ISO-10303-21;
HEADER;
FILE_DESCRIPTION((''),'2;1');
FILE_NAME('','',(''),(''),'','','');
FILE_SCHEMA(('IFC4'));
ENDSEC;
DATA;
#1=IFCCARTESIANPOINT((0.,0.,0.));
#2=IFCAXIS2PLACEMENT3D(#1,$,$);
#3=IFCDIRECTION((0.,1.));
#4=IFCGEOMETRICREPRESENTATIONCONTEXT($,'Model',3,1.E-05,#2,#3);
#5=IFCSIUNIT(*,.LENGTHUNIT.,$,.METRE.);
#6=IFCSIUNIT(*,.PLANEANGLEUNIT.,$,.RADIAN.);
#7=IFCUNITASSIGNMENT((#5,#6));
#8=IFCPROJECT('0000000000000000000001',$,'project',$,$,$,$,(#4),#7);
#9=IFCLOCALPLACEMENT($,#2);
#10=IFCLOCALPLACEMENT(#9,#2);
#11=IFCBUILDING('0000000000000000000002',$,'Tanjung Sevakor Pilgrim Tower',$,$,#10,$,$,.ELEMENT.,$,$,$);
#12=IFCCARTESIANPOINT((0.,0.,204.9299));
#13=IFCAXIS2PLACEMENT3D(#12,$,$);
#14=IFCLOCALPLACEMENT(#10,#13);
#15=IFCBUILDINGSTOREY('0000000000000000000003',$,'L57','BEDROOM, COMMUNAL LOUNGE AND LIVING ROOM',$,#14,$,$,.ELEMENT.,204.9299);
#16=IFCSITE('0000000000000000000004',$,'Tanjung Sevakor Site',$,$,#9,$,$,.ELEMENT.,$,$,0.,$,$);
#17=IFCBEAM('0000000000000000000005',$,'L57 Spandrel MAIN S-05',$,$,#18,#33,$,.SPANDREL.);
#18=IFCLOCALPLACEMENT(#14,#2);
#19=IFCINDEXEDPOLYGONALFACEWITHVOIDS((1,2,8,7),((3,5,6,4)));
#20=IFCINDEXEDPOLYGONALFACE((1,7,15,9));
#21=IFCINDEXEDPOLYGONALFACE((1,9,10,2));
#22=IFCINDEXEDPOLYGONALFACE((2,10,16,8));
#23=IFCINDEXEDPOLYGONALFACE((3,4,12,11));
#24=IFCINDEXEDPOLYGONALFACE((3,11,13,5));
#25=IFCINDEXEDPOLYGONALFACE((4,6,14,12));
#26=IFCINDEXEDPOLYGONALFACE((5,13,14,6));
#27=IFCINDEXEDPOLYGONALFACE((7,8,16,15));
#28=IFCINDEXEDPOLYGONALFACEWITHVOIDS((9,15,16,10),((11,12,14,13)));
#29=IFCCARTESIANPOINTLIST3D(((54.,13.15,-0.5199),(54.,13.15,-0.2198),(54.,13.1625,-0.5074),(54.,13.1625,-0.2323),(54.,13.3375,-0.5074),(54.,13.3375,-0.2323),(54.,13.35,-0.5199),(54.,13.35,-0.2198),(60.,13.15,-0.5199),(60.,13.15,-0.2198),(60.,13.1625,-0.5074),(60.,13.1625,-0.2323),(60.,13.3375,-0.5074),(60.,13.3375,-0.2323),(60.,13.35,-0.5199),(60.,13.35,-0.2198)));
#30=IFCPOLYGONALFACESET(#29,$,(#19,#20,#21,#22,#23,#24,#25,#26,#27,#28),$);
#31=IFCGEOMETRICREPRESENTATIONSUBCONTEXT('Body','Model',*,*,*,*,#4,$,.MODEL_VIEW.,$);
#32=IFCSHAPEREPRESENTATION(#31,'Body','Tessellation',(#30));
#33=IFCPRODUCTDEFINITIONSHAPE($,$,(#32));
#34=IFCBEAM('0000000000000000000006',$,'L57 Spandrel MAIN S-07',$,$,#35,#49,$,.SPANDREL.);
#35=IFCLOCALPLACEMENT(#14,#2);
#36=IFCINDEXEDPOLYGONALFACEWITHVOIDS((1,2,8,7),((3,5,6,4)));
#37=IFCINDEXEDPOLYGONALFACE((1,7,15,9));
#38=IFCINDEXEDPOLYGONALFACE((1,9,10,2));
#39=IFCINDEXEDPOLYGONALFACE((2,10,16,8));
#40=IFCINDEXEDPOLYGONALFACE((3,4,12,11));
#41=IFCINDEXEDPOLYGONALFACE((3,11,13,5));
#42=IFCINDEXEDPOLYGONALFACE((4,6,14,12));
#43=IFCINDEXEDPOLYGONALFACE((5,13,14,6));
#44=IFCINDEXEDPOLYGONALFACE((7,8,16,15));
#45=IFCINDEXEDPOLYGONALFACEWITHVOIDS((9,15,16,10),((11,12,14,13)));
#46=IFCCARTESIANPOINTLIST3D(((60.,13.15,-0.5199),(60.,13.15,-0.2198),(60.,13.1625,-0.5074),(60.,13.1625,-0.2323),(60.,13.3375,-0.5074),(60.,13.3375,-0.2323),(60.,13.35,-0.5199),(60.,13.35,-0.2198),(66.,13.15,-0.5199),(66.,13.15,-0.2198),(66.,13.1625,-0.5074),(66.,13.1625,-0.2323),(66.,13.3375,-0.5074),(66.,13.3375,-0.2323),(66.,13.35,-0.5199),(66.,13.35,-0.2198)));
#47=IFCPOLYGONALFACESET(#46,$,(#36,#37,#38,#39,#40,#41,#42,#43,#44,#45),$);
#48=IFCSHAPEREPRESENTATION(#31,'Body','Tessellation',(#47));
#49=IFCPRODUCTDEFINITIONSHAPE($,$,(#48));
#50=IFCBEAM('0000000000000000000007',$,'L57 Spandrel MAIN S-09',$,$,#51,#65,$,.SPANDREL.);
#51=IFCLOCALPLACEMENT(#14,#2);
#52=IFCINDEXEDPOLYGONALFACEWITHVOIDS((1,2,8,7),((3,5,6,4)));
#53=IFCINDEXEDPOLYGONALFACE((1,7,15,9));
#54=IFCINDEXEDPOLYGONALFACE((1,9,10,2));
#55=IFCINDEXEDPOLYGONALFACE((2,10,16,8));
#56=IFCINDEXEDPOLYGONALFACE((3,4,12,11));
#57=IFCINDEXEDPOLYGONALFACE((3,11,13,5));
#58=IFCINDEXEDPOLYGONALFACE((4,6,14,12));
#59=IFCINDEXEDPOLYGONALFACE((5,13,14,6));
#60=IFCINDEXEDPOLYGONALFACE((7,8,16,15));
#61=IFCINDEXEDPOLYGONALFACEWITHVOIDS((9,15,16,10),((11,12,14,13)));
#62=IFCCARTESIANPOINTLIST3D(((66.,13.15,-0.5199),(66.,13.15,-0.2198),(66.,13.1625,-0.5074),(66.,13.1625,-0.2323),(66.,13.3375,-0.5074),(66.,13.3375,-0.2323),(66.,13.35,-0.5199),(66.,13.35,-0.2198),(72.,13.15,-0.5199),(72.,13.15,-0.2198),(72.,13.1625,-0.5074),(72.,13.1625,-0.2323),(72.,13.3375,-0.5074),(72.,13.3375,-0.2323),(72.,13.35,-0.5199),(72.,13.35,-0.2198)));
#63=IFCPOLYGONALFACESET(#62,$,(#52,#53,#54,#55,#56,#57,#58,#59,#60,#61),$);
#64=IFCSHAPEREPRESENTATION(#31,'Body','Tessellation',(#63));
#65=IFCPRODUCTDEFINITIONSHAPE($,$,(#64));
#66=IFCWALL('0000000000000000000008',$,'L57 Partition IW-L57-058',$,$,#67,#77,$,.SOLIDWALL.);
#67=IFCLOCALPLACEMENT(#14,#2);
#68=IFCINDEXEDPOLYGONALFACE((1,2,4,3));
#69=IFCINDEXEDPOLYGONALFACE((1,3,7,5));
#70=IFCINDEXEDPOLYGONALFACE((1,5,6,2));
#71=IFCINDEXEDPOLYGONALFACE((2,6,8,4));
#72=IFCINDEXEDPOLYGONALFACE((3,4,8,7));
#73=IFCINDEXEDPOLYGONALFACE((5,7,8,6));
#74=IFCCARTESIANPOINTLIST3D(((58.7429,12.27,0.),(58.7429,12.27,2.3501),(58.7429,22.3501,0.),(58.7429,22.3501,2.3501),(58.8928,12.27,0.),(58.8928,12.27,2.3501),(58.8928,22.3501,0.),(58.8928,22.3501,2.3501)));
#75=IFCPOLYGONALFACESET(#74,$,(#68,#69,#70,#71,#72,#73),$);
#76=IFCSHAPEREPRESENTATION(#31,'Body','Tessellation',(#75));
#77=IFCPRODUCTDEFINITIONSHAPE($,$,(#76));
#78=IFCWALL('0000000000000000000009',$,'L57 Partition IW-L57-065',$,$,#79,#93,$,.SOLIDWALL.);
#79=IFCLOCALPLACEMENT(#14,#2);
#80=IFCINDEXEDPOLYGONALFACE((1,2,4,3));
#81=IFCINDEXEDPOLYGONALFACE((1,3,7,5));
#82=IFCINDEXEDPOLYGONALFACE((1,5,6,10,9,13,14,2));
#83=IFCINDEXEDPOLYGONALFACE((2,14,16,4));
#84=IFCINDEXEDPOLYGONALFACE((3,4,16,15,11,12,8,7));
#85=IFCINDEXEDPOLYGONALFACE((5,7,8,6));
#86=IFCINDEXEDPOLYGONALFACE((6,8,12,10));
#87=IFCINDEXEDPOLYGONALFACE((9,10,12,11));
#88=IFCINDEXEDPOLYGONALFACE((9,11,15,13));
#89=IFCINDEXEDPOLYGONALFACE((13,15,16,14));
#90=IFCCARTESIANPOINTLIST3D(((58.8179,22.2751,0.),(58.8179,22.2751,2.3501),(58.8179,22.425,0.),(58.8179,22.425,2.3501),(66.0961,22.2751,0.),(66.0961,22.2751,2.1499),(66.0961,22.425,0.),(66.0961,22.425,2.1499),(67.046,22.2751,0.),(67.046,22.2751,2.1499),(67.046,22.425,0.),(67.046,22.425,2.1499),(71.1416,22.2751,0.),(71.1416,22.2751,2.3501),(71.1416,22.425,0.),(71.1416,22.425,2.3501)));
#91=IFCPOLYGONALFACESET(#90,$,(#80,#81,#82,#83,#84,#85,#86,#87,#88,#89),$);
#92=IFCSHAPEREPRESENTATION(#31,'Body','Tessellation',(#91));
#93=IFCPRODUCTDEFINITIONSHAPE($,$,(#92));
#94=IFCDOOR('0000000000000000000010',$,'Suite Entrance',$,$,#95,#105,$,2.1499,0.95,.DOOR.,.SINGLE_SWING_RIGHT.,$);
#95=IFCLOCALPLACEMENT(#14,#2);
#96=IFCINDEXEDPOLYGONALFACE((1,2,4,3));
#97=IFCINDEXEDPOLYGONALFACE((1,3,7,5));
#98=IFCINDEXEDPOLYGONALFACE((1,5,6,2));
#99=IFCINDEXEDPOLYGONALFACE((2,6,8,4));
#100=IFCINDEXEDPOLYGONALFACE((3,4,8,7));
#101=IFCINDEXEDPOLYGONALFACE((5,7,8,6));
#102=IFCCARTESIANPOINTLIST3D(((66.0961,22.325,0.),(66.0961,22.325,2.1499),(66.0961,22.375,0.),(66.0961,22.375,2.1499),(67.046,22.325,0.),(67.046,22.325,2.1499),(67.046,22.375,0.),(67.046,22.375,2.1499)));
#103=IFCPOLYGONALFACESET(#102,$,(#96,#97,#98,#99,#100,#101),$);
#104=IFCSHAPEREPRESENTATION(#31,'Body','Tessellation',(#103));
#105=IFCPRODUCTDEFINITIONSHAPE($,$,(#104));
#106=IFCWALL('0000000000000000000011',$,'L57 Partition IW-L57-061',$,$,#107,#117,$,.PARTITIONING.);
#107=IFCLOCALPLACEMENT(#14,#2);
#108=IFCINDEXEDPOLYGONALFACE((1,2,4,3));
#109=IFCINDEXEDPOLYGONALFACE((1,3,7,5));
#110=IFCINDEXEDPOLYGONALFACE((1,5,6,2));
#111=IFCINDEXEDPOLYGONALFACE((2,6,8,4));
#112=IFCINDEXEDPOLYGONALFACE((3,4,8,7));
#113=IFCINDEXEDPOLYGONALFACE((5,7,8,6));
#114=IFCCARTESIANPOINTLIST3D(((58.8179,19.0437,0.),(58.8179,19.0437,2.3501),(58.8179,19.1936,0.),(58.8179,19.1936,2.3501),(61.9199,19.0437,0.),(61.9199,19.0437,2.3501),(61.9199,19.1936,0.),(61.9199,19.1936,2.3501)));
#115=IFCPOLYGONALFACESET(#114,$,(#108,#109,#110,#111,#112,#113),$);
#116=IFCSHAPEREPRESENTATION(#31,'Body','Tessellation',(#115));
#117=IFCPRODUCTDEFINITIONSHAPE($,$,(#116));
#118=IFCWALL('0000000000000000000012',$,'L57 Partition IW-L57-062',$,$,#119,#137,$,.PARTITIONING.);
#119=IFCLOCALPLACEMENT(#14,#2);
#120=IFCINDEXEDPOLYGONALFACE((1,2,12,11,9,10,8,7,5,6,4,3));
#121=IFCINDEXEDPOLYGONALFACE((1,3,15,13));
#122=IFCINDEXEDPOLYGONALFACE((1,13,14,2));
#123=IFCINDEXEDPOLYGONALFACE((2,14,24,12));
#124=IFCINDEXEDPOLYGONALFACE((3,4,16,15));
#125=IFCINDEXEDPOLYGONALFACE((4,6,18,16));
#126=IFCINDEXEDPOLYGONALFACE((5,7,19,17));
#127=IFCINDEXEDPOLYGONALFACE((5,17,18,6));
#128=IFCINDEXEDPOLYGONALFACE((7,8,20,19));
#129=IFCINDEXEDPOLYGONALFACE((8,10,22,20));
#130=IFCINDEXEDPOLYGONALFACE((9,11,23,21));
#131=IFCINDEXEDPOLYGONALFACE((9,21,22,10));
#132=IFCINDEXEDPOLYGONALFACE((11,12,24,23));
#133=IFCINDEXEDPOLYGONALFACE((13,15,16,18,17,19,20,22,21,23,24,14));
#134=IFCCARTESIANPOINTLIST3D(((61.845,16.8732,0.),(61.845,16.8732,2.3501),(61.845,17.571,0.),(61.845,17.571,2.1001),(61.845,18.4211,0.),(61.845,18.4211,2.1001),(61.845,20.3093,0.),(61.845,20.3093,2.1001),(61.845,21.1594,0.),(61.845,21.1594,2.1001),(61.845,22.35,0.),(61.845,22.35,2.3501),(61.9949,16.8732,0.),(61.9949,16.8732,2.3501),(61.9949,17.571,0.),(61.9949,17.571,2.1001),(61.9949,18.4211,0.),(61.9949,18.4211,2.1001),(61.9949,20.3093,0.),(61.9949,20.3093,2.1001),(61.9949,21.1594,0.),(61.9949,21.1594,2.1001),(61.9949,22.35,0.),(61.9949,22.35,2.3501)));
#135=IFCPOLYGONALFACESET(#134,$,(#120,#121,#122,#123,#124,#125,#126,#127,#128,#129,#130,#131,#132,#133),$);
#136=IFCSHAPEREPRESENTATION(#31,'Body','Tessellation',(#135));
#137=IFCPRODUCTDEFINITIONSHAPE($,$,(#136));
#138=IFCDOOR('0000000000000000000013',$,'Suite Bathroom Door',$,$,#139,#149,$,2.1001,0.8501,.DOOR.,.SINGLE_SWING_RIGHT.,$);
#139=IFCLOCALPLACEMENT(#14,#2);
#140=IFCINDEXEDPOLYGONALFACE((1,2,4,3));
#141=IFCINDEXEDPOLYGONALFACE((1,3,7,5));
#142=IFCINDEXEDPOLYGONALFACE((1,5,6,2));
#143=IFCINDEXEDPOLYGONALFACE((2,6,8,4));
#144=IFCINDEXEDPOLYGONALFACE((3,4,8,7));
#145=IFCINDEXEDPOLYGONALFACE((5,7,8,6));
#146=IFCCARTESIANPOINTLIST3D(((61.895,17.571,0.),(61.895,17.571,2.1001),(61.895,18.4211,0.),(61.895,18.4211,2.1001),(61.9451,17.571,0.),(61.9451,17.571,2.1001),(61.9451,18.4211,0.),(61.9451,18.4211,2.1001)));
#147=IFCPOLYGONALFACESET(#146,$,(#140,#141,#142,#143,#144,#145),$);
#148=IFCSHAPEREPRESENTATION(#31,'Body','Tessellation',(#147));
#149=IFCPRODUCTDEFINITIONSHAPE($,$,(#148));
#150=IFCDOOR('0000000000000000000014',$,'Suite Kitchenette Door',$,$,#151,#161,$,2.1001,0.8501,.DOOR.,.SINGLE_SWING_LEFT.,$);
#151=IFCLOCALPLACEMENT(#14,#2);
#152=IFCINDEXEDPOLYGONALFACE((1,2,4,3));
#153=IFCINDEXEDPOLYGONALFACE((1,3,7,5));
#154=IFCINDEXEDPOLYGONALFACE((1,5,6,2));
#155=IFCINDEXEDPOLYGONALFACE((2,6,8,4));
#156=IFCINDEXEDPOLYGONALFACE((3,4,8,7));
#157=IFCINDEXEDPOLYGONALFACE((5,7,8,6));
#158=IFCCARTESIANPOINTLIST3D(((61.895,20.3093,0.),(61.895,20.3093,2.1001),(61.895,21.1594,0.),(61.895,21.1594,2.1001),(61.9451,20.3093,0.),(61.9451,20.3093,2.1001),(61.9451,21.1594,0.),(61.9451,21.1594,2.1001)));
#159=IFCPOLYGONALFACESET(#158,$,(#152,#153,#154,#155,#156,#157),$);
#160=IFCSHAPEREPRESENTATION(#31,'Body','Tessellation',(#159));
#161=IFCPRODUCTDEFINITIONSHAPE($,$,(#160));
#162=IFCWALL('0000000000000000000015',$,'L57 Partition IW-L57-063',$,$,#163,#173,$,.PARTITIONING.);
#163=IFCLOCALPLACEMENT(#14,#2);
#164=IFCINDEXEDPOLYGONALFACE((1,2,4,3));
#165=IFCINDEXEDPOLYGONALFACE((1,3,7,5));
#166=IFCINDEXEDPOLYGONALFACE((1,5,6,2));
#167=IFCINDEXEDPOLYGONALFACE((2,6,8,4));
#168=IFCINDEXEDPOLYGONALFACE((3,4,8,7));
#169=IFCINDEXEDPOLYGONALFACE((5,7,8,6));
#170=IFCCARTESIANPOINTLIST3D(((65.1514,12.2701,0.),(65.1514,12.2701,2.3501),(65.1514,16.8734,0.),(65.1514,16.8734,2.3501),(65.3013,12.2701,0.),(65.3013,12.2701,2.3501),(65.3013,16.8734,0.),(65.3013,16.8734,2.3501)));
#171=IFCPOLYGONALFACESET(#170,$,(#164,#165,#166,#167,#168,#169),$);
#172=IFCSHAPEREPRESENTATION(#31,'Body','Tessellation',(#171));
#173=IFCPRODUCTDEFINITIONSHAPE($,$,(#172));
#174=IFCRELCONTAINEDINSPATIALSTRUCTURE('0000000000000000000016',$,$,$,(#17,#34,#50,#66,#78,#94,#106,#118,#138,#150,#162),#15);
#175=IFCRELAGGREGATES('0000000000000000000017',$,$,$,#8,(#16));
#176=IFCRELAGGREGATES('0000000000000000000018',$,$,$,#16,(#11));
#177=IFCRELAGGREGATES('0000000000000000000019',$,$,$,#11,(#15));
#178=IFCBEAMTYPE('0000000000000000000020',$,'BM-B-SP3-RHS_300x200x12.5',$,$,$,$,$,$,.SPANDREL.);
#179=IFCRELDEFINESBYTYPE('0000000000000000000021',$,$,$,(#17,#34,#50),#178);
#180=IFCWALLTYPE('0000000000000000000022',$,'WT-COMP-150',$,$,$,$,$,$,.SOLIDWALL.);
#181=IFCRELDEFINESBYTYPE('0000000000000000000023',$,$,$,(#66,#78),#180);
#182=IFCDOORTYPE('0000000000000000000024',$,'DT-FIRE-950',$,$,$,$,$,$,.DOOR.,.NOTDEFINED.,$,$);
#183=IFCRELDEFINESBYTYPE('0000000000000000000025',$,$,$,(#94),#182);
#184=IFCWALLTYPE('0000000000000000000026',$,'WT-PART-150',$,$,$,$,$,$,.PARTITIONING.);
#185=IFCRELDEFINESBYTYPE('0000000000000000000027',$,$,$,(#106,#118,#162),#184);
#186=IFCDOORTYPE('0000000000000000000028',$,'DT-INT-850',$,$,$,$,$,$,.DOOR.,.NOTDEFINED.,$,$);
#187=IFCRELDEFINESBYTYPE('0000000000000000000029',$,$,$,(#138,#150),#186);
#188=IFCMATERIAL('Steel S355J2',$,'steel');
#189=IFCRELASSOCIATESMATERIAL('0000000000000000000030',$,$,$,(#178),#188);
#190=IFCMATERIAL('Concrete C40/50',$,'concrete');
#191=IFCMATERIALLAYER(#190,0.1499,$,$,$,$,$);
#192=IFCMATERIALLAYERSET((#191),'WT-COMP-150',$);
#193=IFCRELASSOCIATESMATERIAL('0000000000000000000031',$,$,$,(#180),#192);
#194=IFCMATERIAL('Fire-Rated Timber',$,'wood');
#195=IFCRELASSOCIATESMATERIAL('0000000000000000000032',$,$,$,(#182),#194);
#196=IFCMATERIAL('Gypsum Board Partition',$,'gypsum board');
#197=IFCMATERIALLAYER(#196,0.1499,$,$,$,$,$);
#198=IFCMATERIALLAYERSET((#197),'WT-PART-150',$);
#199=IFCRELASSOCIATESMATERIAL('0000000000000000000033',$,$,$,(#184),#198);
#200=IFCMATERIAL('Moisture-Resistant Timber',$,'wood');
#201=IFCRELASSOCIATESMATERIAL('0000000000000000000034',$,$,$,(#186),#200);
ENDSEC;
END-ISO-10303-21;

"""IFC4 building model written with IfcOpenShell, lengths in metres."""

from ifc_helpers import new_model, si_unit, direction, frame, frame_2d, origin, origin_2d, place, context, subcontext, project, spatial, rectangle, hollow_rectangle, extrude, material, layer, layer_set, material_profile, profile_set, type_object, element, fill, save


model = new_model("IFC4")

# Units and contexts
model_context = context("Model", 3, precision=1e-05, world=origin(), true_north=direction((0.0, 1.0)))
body_context = subcontext(model_context, "Body", "Model", "MODEL_VIEW")
ifc_project = project(units=[si_unit("LENGTHUNIT", "METRE"), si_unit("PLANEANGLEUNIT", "RADIAN")], contexts=[model_context])

# Site, building, storey
site_placement = place(None, origin())
site = spatial("IfcSite", under=ifc_project, at=site_placement, Name="Tanjung Sevakor Site", CompositionType="ELEMENT", RefElevation=0.0)
building_placement = place(site_placement, origin())
building = spatial("IfcBuilding", under=site, at=building_placement, Name="Tanjung Sevakor Pilgrim Tower", CompositionType="ELEMENT")
storey_placement = place(building_placement, frame((0.0, 0.0, 204.9299)))
storey = spatial("IfcBuildingStorey", under=building, at=storey_placement, Name="L57", Description="BEDROOM, COMMUNAL LOUNGE AND LIVING ROOM", CompositionType="ELEMENT", Elevation=204.9299)

# Beams
ifc_material_1 = material(Name="Steel S355J2", Category="steel")
ifc_material_profile_1 = material_profile(ifc_material_1, hollow_rectangle(XDim=0.2, YDim=0.3, WallThickness=0.0125, at=origin_2d()))
ifc_profile_set_1 = profile_set([ifc_material_profile_1], Name="Steel S355J2")
beam_type_1 = type_object("IfcBeamType", Name="BM-B-SP3-RHS_300x200x12.5", PredefinedType="SPANDREL", material=ifc_profile_set_1)
for number, where, z_axis, x_axis, name in (
    (1, (54.0, 13.25, -0.3699), (1.0, 0.0, 0.0), (0.0, 1.0, 0.0), "L57 Spandrel MAIN S-05"),
    (2, (60.0, 13.25, -0.3699), (1.0, 0.0, 0.0), (0.0, 1.0, 0.0), "L57 Spandrel MAIN S-07"),
    (3, (66.0, 13.25, -0.3699), (1.0, 0.0, 0.0), (0.0, 1.0, 0.0), "L57 Spandrel MAIN S-09"),
):
    element("IfcBeam", number, at=place(storey_placement, frame(where, z_axis=z_axis, x_axis=x_axis)), inside=storey, type_object=beam_type_1, Name=name, PredefinedType="SPANDREL", context=body_context, shape_type="SweptSolid", body=[
        extrude(hollow_rectangle(XDim=0.2, YDim=0.3, WallThickness=0.0125, at=origin_2d()), origin(), (0.0, 0.0, 1.0), 6.0),
    ])

# Wall
ifc_material_2 = material(Name="Concrete C40/50", Category="concrete")
ifc_layer_1 = layer(ifc_material_2, 0.1499)
ifc_layer_set_1 = layer_set([ifc_layer_1], Name="WT-COMP-150")
wall_type_1 = type_object("IfcWallType", Name="WT-COMP-150", PredefinedType="SOLIDWALL", material=ifc_layer_set_1)
wall_1_placement = place(storey_placement, frame((58.8179, 12.27, 0.0), z_axis=(0.0, 0.0, 1.0), x_axis=(0.0, 1.0, 0.0)))
element("IfcWall", 4, at=wall_1_placement, inside=storey, type_object=wall_type_1, Name="L57 Partition IW-L57-058", PredefinedType="SOLIDWALL", context=body_context, shape_type="SweptSolid", body=[
    extrude(rectangle(XDim=10.0801, YDim=0.1499, at=frame_2d((5.04, 0.0))), origin(), (0.0, 0.0, 1.0), 2.3501),
])

# Wall, opening, door
wall_2_placement = place(storey_placement, frame((58.8179, 22.3501, 0.0), z_axis=(0.0, 0.0, 1.0), x_axis=(1.0, 0.0, 0.0)))
wall_2 = element("IfcWall", 5, at=wall_2_placement, inside=storey, type_object=wall_type_1, Name="L57 Partition IW-L57-065", PredefinedType="SOLIDWALL", context=body_context, shape_type="SweptSolid", body=[
    extrude(rectangle(XDim=12.3237, YDim=0.1499, at=frame_2d((6.1619, 0.0))), origin(), (0.0, 0.0, 1.0), 2.3501),
])
opening_1_placement = place(wall_2_placement, frame((7.2781, 0.0, 0.0)))
opening_1 = element("IfcOpeningElement", 6, at=opening_1_placement, cuts=wall_2, PredefinedType="OPENING", context=body_context, shape_type="SweptSolid", body=[
    extrude(rectangle(XDim=0.95, YDim=2.1499, at=frame_2d((0.4751, 1.075))), frame((0.0, 0.085, 0.0), z_axis=(0.0, -1.0, 0.0), x_axis=(1.0, 0.0, 0.0)), (0.0, 0.0, 1.0), 0.1699),
])
ifc_material_3 = material(Name="Fire-Rated Timber", Category="wood")
door_type_1 = type_object("IfcDoorType", Name="DT-FIRE-950", OperationType="NOTDEFINED", PredefinedType="DOOR", material=ifc_material_3)
door_1_placement = place(opening_1_placement, origin())
door_1 = element("IfcDoor", 7, at=door_1_placement, inside=storey, type_object=door_type_1, Name="Suite Entrance", OperationType="SINGLE_SWING_RIGHT", OverallHeight=2.1499, OverallWidth=0.95, PredefinedType="DOOR", context=body_context, shape_type="SweptSolid", body=[
    extrude(rectangle(XDim=0.95, YDim=2.1499, at=frame_2d((0.4751, 1.075))), frame((0.0, 0.0249, 0.0), z_axis=(0.0, -1.0, 0.0), x_axis=(1.0, 0.0, 0.0)), (0.0, 0.0, 1.0), 0.05),
])
fill(opening_1, door_1)

# Wall
ifc_material_4 = material(Name="Gypsum Board Partition", Category="gypsum board")
ifc_layer_2 = layer(ifc_material_4, 0.1499)
ifc_layer_set_2 = layer_set([ifc_layer_2], Name="WT-PART-150")
wall_type_2 = type_object("IfcWallType", Name="WT-PART-150", PredefinedType="PARTITIONING", material=ifc_layer_set_2)
wall_3_placement = place(storey_placement, frame((58.8179, 19.1187, 0.0), z_axis=(0.0, 0.0, 1.0), x_axis=(1.0, 0.0, 0.0)))
element("IfcWall", 8, at=wall_3_placement, inside=storey, type_object=wall_type_2, Name="L57 Partition IW-L57-061", PredefinedType="PARTITIONING", context=body_context, shape_type="SweptSolid", body=[
    extrude(rectangle(XDim=3.1021, YDim=0.1499, at=frame_2d((1.551, 0.0))), origin(), (0.0, 0.0, 1.0), 2.3501),
])

# Wall, openings, doors
wall_4_placement = place(storey_placement, frame((61.9199, 16.8733, 0.0), z_axis=(0.0, 0.0, 1.0), x_axis=(0.0, 1.0, 0.0)))
wall_4 = element("IfcWall", 9, at=wall_4_placement, inside=storey, type_object=wall_type_2, Name="L57 Partition IW-L57-062", PredefinedType="PARTITIONING", context=body_context, shape_type="SweptSolid", body=[
    extrude(rectangle(XDim=5.4768, YDim=0.1499, at=frame_2d((2.7383, 0.0))), origin(), (0.0, 0.0, 1.0), 2.3501),
])
opening_2_placement = place(wall_4_placement, frame((0.6978, 0.0, 0.0)))
opening_2 = element("IfcOpeningElement", 10, at=opening_2_placement, cuts=wall_4, PredefinedType="OPENING", context=body_context, shape_type="SweptSolid", body=[
    extrude(rectangle(XDim=0.8501, YDim=2.1001, at=frame_2d((0.425, 1.05))), frame((0.0, 0.085, 0.0), z_axis=(0.0, -1.0, 0.0), x_axis=(1.0, 0.0, 0.0)), (0.0, 0.0, 1.0), 0.1699),
])
opening_3_placement = place(wall_4_placement, frame((3.436, 0.0, 0.0)))
opening_3 = element("IfcOpeningElement", 11, at=opening_3_placement, cuts=wall_4, PredefinedType="OPENING", context=body_context, shape_type="SweptSolid", body=[
    extrude(rectangle(XDim=0.8501, YDim=2.1001, at=frame_2d((0.425, 1.05))), frame((0.0, 0.085, 0.0), z_axis=(0.0, -1.0, 0.0), x_axis=(1.0, 0.0, 0.0)), (0.0, 0.0, 1.0), 0.1699),
])
ifc_material_5 = material(Name="Moisture-Resistant Timber", Category="wood")
door_type_2 = type_object("IfcDoorType", Name="DT-INT-850", OperationType="NOTDEFINED", PredefinedType="DOOR", material=ifc_material_5)
door_2_placement = place(opening_2_placement, origin())
door_2 = element("IfcDoor", 12, at=door_2_placement, inside=storey, type_object=door_type_2, Name="Suite Bathroom Door", OperationType="SINGLE_SWING_RIGHT", OverallHeight=2.1001, OverallWidth=0.8501, PredefinedType="DOOR", context=body_context, shape_type="SweptSolid", body=[
    extrude(rectangle(XDim=0.8501, YDim=2.1001, at=frame_2d((0.425, 1.05))), frame((0.0, 0.0249, 0.0), z_axis=(0.0, -1.0, 0.0), x_axis=(1.0, 0.0, 0.0)), (0.0, 0.0, 1.0), 0.05),
])
fill(opening_2, door_2)
door_3_placement = place(opening_3_placement, origin())
door_3 = element("IfcDoor", 13, at=door_3_placement, inside=storey, type_object=door_type_2, Name="Suite Kitchenette Door", OperationType="SINGLE_SWING_LEFT", OverallHeight=2.1001, OverallWidth=0.8501, PredefinedType="DOOR", context=body_context, shape_type="SweptSolid", body=[
    extrude(rectangle(XDim=0.8501, YDim=2.1001, at=frame_2d((0.425, 1.05))), frame((0.0, 0.0249, 0.0), z_axis=(0.0, -1.0, 0.0), x_axis=(1.0, 0.0, 0.0)), (0.0, 0.0, 1.0), 0.05),
])
fill(opening_3, door_3)

# Wall
wall_5_placement = place(storey_placement, frame((65.2263, 12.27, 0.0), z_axis=(0.0, 0.0, 1.0), x_axis=(0.0, 1.0, 0.0)))
element("IfcWall", 14, at=wall_5_placement, inside=storey, type_object=wall_type_2, Name="L57 Partition IW-L57-063", PredefinedType="PARTITIONING", context=body_context, shape_type="SweptSolid", body=[
    extrude(rectangle(XDim=4.6033, YDim=0.1499, at=frame_2d((2.3018, 0.0))), origin(), (0.0, 0.0, 1.0), 2.3501),
])

save(model, "model.ifc")
